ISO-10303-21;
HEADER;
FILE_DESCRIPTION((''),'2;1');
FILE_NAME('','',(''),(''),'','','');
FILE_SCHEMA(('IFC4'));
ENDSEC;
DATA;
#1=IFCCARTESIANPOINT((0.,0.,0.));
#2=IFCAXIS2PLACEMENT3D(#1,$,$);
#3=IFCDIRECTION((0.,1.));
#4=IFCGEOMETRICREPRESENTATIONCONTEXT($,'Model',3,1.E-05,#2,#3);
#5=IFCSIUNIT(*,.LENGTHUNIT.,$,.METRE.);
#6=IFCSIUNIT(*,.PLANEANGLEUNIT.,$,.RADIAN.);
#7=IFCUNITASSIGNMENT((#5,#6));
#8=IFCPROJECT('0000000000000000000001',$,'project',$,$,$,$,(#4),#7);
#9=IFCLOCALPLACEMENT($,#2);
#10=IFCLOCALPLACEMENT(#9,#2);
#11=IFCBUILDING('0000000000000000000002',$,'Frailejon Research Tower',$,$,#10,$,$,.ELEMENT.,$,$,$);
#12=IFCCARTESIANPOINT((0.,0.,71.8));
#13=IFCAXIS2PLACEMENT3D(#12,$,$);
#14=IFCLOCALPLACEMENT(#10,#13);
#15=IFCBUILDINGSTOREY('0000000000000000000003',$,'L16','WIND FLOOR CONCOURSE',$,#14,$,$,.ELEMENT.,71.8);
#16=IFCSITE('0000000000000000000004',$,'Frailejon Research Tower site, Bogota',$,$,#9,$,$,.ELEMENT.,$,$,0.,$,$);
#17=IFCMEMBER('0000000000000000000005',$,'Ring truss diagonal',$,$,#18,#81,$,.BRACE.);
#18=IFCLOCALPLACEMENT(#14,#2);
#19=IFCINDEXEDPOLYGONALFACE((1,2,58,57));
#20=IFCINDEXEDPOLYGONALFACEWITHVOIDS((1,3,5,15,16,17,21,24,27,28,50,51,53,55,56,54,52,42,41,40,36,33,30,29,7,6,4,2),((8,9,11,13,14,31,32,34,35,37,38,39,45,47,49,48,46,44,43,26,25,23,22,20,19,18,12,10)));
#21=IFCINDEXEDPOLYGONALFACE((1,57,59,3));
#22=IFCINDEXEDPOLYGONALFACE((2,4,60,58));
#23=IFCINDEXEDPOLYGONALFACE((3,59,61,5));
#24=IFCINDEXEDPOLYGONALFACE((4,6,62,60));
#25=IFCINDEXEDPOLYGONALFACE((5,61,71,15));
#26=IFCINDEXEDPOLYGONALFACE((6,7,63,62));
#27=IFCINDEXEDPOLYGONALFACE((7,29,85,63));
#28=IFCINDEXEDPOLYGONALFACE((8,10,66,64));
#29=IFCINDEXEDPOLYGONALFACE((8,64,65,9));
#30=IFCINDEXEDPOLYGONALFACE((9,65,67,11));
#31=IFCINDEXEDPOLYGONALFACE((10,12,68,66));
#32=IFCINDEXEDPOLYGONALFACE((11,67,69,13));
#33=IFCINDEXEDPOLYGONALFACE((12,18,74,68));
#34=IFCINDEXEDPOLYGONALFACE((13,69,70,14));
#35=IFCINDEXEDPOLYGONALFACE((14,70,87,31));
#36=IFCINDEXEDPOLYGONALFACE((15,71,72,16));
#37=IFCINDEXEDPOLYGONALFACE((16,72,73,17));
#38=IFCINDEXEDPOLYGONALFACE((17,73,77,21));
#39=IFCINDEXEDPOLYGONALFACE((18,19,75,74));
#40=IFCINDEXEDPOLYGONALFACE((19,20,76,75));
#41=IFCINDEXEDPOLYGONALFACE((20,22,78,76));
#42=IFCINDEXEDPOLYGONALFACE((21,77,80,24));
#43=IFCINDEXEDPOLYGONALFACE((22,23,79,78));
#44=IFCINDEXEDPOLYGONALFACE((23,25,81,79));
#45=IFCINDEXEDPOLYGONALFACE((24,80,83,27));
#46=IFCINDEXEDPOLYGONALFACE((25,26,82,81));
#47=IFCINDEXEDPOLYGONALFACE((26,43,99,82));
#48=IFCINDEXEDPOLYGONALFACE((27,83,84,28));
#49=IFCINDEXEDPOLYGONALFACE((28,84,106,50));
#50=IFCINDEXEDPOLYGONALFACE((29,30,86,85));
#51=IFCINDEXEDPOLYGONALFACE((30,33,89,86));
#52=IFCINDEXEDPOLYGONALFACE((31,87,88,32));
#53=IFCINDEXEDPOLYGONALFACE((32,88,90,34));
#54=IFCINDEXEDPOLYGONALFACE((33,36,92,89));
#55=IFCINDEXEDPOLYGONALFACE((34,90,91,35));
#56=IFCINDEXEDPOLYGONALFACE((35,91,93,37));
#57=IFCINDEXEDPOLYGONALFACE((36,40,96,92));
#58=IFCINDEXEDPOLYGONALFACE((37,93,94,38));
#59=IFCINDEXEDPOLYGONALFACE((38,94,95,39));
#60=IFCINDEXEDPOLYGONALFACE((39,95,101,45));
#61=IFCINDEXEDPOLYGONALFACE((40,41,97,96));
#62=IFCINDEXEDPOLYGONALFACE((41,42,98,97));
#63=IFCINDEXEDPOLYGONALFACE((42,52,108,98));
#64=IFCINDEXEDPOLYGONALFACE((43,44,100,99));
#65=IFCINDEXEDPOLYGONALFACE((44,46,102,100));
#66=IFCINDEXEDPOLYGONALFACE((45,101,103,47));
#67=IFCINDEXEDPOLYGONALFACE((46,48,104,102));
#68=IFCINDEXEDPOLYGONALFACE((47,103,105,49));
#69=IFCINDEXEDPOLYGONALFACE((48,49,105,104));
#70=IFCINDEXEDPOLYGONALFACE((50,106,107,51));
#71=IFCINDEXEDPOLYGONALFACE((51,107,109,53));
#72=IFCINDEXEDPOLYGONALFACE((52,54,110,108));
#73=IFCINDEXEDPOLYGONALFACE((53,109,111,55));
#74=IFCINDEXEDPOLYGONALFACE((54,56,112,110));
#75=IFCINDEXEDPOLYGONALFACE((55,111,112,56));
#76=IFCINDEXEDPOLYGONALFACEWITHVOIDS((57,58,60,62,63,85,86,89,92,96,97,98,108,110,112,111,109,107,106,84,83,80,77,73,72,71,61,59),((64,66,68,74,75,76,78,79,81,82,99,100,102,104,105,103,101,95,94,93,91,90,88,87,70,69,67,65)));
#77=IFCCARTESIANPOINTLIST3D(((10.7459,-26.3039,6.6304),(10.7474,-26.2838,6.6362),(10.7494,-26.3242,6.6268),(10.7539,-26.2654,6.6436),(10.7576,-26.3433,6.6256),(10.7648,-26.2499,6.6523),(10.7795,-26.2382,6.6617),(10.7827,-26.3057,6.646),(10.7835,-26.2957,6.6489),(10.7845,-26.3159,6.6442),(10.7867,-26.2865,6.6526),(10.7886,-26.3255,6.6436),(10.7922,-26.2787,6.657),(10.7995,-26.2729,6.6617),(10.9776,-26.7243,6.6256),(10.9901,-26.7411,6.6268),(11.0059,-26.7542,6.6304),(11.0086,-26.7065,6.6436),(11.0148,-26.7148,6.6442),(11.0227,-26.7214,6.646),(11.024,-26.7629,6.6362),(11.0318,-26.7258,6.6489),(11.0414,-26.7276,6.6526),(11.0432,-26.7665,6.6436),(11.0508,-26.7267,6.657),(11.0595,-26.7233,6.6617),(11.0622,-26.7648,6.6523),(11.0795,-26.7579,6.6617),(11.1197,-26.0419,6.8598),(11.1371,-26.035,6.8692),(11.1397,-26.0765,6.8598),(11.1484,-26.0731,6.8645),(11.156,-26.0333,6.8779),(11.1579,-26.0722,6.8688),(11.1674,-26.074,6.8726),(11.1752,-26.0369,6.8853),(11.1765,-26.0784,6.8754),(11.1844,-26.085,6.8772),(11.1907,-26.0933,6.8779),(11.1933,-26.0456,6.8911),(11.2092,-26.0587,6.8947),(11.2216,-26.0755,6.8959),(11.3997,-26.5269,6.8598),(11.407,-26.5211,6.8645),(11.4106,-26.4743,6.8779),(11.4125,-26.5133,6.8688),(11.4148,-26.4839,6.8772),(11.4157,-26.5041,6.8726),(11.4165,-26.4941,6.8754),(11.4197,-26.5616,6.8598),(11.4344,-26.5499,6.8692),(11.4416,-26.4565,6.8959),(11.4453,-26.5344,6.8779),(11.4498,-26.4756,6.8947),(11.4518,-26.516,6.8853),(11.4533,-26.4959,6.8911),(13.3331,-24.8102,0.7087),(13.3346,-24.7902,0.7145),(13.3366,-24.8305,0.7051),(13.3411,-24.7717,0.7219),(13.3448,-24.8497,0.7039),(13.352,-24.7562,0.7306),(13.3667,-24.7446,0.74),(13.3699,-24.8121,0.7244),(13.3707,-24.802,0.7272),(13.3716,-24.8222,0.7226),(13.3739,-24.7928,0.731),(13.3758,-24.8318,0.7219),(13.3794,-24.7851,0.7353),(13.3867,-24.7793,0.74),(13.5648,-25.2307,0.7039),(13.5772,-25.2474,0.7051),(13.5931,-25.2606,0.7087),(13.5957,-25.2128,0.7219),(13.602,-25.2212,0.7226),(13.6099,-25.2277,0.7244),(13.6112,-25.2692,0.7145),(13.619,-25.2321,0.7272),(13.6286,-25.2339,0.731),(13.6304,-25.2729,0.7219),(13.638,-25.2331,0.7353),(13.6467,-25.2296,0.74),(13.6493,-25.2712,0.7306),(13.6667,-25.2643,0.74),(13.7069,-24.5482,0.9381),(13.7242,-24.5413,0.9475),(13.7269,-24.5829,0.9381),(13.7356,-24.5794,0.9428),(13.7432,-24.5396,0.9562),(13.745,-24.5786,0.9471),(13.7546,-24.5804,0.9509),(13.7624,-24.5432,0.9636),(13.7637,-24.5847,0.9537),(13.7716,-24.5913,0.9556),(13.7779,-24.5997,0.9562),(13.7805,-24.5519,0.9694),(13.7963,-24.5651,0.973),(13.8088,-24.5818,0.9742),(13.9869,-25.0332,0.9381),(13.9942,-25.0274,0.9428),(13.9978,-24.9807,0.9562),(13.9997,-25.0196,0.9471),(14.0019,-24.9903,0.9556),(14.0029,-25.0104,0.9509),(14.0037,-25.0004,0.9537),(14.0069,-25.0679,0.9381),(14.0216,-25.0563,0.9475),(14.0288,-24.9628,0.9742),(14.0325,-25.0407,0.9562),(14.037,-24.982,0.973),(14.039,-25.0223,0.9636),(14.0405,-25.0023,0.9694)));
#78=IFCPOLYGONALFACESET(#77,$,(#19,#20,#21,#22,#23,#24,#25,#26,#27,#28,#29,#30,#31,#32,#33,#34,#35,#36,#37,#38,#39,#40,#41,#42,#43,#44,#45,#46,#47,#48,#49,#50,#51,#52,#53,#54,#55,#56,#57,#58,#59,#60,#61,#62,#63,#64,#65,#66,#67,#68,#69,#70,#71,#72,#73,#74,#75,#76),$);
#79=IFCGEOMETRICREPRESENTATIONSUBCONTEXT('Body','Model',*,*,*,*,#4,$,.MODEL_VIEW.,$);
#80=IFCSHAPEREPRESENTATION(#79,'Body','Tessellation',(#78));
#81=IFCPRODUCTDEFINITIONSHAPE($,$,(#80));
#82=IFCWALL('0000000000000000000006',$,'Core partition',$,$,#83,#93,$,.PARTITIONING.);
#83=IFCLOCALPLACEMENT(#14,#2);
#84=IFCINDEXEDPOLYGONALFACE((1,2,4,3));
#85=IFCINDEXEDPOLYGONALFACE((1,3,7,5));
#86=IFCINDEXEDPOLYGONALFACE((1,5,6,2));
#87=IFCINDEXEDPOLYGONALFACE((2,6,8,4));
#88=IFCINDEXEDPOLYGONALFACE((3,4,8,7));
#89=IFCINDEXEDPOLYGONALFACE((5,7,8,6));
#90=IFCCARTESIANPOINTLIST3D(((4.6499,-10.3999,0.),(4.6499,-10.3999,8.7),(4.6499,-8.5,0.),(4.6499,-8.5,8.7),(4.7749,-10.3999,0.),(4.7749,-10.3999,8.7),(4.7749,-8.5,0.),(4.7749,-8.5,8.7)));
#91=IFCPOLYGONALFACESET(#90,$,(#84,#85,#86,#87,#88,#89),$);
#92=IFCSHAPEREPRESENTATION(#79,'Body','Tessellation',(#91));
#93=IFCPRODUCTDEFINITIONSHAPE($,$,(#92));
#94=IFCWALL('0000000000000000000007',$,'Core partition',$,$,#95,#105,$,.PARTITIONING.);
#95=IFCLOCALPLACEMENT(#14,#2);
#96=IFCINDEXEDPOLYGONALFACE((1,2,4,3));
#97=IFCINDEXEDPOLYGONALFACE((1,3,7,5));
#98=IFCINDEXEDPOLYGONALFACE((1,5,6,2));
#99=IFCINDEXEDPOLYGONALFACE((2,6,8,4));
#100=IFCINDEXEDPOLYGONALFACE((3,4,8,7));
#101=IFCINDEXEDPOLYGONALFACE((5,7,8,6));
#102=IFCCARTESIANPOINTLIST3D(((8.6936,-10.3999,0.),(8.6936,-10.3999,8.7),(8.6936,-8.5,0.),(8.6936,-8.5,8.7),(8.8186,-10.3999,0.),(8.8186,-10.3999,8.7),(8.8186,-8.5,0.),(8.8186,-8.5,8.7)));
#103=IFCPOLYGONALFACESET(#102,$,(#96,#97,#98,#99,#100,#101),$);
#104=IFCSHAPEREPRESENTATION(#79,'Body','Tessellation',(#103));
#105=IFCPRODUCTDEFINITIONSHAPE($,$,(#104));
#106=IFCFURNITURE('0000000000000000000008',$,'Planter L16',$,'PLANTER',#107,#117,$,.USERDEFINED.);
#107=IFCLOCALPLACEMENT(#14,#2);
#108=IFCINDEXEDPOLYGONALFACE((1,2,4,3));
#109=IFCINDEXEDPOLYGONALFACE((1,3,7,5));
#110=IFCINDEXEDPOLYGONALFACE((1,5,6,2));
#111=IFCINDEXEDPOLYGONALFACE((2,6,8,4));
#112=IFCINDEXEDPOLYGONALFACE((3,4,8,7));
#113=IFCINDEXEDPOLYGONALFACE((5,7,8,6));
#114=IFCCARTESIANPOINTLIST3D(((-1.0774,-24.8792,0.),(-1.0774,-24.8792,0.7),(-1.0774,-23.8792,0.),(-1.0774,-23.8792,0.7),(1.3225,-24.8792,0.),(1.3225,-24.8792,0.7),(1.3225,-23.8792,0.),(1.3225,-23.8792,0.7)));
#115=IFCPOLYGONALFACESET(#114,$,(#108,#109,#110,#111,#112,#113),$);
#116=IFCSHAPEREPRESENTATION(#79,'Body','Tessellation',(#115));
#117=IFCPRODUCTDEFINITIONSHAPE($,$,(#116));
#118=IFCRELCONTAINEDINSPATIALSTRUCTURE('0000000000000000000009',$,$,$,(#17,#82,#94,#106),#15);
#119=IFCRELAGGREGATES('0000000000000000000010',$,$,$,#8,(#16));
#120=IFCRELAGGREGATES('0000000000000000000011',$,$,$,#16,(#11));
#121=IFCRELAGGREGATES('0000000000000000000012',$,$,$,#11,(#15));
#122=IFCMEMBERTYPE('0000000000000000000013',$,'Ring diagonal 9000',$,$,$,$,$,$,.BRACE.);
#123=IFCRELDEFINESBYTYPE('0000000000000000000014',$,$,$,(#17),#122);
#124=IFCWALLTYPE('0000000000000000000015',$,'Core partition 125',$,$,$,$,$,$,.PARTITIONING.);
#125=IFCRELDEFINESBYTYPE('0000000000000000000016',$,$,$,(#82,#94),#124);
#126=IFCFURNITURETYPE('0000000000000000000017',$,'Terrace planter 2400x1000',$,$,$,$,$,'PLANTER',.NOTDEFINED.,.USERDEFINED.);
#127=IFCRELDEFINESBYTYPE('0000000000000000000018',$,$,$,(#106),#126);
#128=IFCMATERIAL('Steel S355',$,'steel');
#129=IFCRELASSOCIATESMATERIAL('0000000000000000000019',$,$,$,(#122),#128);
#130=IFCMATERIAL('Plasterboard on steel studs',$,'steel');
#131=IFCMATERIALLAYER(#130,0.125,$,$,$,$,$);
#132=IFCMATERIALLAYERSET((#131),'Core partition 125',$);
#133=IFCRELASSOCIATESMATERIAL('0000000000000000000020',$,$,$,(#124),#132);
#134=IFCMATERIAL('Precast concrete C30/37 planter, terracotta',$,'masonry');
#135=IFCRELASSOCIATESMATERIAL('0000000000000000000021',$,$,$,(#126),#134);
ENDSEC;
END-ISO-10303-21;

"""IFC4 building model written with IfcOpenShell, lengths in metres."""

from ifc_helpers import new_model, si_unit, direction, frame, frame_2d, origin, origin_2d, place, context, subcontext, project, spatial, rectangle, hollow_rectangle, extrude, material, layer, layer_set, material_profile, profile_set, type_object, element, save


model = new_model("IFC4")

# Units and contexts
model_context = context("Model", 3, precision=1e-05, world=origin(), true_north=direction((0.0, 1.0)))
body_context = subcontext(model_context, "Body", "Model", "MODEL_VIEW")
ifc_project = project(units=[si_unit("LENGTHUNIT", "METRE"), si_unit("PLANEANGLEUNIT", "RADIAN")], contexts=[model_context])

# Site, building, storey
site_placement = place(None, origin())
site = spatial("IfcSite", under=ifc_project, at=site_placement, Name="Frailejon Research Tower site, Bogota", CompositionType="ELEMENT", RefElevation=0.0)
building_placement = place(site_placement, origin())
building = spatial("IfcBuilding", under=site, at=building_placement, Name="Frailejon Research Tower", CompositionType="ELEMENT")
storey_placement = place(building_placement, frame((0.0, 0.0, 71.8)))
storey = spatial("IfcBuildingStorey", under=building, at=storey_placement, Name="L16", Description="WIND FLOOR CONCOURSE", CompositionType="ELEMENT", Elevation=71.8)

# Member
ifc_material_1 = material(Name="Steel S355", Category="steel")
ifc_material_profile_1 = material_profile(ifc_material_1, hollow_rectangle(XDim=0.6001, YDim=0.6001, WallThickness=0.04, InnerFilletRadius=0.04, OuterFilletRadius=0.0801, at=origin_2d()), Name="Ring diagonal 9000")
ifc_profile_set_1 = profile_set([ifc_material_profile_1], Name="Steel S355")
member_type = type_object("IfcMemberType", Name="Ring diagonal 9000", PredefinedType="BRACE", material=ifc_profile_set_1)
member_placement = place(storey_placement, frame((11.0996, -26.3999, 6.7607), z_axis=(0.390073, 0.225202, -0.89282), x_axis=(-0.499989, 0.866032, 0.0)))
element("IfcMember", 1, at=member_placement, inside=storey, type_object=member_type, Name="Ring truss diagonal", PredefinedType="BRACE", context=body_context, shape_type="SweptSolid", body=[
    extrude(hollow_rectangle(XDim=0.6001, YDim=0.6001, WallThickness=0.04, InnerFilletRadius=0.04, OuterFilletRadius=0.0801, at=origin_2d()), origin(), (0.0, 0.0, 1.0), 6.6326),
])

# Walls
ifc_material_2 = material(Name="Plasterboard on steel studs", Category="steel")
ifc_layer = layer(ifc_material_2, 0.125)
ifc_layer_set = layer_set([ifc_layer], Name="Core partition 125")
wall_type = type_object("IfcWallType", Name="Core partition 125", PredefinedType="PARTITIONING", material=ifc_layer_set)
for number, where, z_axis, x_axis, name in (
    (2, (4.7124, -10.3999, 0.0), (0.0, 0.0, 1.0), (0.0, 1.0, 0.0), "Core partition"),
    (3, (8.7561, -10.3999, 0.0), (0.0, 0.0, 1.0), (0.0, 1.0, 0.0), "Core partition"),
):
    element("IfcWall", number, at=place(storey_placement, frame(where, z_axis=z_axis, x_axis=x_axis)), inside=storey, type_object=wall_type, Name=name, PredefinedType="PARTITIONING", context=body_context, shape_type="SweptSolid", body=[
        extrude(rectangle(XDim=1.8999, YDim=0.125, at=frame_2d((0.95, 0.0))), origin(), (0.0, 0.0, 1.0), 8.7),
    ])

# Furniture
ifc_material_3 = material(Name="Precast concrete C30/37 planter, terracotta", Category="masonry")
furniture_type = type_object("IfcFurnitureType", Name="Terrace planter 2400x1000", ElementType="PLANTER", AssemblyPlace="NOTDEFINED", PredefinedType="USERDEFINED", material=ifc_material_3)
furniture_placement = place(storey_placement, frame((0.1226, -24.3792, 0.0), z_axis=(0.0, 0.0, 1.0), x_axis=(1.0, 0.0, 0.0)))
element("IfcFurniture", 4, at=furniture_placement, inside=storey, type_object=furniture_type, Name="Planter L16", ObjectType="PLANTER", PredefinedType="USERDEFINED", context=body_context, shape_type="SweptSolid", body=[
    extrude(rectangle(XDim=2.3999, YDim=1.0, at=origin_2d()), origin(), (0.0, 0.0, 1.0), 0.7),
])

save(model, "model.ifc")
